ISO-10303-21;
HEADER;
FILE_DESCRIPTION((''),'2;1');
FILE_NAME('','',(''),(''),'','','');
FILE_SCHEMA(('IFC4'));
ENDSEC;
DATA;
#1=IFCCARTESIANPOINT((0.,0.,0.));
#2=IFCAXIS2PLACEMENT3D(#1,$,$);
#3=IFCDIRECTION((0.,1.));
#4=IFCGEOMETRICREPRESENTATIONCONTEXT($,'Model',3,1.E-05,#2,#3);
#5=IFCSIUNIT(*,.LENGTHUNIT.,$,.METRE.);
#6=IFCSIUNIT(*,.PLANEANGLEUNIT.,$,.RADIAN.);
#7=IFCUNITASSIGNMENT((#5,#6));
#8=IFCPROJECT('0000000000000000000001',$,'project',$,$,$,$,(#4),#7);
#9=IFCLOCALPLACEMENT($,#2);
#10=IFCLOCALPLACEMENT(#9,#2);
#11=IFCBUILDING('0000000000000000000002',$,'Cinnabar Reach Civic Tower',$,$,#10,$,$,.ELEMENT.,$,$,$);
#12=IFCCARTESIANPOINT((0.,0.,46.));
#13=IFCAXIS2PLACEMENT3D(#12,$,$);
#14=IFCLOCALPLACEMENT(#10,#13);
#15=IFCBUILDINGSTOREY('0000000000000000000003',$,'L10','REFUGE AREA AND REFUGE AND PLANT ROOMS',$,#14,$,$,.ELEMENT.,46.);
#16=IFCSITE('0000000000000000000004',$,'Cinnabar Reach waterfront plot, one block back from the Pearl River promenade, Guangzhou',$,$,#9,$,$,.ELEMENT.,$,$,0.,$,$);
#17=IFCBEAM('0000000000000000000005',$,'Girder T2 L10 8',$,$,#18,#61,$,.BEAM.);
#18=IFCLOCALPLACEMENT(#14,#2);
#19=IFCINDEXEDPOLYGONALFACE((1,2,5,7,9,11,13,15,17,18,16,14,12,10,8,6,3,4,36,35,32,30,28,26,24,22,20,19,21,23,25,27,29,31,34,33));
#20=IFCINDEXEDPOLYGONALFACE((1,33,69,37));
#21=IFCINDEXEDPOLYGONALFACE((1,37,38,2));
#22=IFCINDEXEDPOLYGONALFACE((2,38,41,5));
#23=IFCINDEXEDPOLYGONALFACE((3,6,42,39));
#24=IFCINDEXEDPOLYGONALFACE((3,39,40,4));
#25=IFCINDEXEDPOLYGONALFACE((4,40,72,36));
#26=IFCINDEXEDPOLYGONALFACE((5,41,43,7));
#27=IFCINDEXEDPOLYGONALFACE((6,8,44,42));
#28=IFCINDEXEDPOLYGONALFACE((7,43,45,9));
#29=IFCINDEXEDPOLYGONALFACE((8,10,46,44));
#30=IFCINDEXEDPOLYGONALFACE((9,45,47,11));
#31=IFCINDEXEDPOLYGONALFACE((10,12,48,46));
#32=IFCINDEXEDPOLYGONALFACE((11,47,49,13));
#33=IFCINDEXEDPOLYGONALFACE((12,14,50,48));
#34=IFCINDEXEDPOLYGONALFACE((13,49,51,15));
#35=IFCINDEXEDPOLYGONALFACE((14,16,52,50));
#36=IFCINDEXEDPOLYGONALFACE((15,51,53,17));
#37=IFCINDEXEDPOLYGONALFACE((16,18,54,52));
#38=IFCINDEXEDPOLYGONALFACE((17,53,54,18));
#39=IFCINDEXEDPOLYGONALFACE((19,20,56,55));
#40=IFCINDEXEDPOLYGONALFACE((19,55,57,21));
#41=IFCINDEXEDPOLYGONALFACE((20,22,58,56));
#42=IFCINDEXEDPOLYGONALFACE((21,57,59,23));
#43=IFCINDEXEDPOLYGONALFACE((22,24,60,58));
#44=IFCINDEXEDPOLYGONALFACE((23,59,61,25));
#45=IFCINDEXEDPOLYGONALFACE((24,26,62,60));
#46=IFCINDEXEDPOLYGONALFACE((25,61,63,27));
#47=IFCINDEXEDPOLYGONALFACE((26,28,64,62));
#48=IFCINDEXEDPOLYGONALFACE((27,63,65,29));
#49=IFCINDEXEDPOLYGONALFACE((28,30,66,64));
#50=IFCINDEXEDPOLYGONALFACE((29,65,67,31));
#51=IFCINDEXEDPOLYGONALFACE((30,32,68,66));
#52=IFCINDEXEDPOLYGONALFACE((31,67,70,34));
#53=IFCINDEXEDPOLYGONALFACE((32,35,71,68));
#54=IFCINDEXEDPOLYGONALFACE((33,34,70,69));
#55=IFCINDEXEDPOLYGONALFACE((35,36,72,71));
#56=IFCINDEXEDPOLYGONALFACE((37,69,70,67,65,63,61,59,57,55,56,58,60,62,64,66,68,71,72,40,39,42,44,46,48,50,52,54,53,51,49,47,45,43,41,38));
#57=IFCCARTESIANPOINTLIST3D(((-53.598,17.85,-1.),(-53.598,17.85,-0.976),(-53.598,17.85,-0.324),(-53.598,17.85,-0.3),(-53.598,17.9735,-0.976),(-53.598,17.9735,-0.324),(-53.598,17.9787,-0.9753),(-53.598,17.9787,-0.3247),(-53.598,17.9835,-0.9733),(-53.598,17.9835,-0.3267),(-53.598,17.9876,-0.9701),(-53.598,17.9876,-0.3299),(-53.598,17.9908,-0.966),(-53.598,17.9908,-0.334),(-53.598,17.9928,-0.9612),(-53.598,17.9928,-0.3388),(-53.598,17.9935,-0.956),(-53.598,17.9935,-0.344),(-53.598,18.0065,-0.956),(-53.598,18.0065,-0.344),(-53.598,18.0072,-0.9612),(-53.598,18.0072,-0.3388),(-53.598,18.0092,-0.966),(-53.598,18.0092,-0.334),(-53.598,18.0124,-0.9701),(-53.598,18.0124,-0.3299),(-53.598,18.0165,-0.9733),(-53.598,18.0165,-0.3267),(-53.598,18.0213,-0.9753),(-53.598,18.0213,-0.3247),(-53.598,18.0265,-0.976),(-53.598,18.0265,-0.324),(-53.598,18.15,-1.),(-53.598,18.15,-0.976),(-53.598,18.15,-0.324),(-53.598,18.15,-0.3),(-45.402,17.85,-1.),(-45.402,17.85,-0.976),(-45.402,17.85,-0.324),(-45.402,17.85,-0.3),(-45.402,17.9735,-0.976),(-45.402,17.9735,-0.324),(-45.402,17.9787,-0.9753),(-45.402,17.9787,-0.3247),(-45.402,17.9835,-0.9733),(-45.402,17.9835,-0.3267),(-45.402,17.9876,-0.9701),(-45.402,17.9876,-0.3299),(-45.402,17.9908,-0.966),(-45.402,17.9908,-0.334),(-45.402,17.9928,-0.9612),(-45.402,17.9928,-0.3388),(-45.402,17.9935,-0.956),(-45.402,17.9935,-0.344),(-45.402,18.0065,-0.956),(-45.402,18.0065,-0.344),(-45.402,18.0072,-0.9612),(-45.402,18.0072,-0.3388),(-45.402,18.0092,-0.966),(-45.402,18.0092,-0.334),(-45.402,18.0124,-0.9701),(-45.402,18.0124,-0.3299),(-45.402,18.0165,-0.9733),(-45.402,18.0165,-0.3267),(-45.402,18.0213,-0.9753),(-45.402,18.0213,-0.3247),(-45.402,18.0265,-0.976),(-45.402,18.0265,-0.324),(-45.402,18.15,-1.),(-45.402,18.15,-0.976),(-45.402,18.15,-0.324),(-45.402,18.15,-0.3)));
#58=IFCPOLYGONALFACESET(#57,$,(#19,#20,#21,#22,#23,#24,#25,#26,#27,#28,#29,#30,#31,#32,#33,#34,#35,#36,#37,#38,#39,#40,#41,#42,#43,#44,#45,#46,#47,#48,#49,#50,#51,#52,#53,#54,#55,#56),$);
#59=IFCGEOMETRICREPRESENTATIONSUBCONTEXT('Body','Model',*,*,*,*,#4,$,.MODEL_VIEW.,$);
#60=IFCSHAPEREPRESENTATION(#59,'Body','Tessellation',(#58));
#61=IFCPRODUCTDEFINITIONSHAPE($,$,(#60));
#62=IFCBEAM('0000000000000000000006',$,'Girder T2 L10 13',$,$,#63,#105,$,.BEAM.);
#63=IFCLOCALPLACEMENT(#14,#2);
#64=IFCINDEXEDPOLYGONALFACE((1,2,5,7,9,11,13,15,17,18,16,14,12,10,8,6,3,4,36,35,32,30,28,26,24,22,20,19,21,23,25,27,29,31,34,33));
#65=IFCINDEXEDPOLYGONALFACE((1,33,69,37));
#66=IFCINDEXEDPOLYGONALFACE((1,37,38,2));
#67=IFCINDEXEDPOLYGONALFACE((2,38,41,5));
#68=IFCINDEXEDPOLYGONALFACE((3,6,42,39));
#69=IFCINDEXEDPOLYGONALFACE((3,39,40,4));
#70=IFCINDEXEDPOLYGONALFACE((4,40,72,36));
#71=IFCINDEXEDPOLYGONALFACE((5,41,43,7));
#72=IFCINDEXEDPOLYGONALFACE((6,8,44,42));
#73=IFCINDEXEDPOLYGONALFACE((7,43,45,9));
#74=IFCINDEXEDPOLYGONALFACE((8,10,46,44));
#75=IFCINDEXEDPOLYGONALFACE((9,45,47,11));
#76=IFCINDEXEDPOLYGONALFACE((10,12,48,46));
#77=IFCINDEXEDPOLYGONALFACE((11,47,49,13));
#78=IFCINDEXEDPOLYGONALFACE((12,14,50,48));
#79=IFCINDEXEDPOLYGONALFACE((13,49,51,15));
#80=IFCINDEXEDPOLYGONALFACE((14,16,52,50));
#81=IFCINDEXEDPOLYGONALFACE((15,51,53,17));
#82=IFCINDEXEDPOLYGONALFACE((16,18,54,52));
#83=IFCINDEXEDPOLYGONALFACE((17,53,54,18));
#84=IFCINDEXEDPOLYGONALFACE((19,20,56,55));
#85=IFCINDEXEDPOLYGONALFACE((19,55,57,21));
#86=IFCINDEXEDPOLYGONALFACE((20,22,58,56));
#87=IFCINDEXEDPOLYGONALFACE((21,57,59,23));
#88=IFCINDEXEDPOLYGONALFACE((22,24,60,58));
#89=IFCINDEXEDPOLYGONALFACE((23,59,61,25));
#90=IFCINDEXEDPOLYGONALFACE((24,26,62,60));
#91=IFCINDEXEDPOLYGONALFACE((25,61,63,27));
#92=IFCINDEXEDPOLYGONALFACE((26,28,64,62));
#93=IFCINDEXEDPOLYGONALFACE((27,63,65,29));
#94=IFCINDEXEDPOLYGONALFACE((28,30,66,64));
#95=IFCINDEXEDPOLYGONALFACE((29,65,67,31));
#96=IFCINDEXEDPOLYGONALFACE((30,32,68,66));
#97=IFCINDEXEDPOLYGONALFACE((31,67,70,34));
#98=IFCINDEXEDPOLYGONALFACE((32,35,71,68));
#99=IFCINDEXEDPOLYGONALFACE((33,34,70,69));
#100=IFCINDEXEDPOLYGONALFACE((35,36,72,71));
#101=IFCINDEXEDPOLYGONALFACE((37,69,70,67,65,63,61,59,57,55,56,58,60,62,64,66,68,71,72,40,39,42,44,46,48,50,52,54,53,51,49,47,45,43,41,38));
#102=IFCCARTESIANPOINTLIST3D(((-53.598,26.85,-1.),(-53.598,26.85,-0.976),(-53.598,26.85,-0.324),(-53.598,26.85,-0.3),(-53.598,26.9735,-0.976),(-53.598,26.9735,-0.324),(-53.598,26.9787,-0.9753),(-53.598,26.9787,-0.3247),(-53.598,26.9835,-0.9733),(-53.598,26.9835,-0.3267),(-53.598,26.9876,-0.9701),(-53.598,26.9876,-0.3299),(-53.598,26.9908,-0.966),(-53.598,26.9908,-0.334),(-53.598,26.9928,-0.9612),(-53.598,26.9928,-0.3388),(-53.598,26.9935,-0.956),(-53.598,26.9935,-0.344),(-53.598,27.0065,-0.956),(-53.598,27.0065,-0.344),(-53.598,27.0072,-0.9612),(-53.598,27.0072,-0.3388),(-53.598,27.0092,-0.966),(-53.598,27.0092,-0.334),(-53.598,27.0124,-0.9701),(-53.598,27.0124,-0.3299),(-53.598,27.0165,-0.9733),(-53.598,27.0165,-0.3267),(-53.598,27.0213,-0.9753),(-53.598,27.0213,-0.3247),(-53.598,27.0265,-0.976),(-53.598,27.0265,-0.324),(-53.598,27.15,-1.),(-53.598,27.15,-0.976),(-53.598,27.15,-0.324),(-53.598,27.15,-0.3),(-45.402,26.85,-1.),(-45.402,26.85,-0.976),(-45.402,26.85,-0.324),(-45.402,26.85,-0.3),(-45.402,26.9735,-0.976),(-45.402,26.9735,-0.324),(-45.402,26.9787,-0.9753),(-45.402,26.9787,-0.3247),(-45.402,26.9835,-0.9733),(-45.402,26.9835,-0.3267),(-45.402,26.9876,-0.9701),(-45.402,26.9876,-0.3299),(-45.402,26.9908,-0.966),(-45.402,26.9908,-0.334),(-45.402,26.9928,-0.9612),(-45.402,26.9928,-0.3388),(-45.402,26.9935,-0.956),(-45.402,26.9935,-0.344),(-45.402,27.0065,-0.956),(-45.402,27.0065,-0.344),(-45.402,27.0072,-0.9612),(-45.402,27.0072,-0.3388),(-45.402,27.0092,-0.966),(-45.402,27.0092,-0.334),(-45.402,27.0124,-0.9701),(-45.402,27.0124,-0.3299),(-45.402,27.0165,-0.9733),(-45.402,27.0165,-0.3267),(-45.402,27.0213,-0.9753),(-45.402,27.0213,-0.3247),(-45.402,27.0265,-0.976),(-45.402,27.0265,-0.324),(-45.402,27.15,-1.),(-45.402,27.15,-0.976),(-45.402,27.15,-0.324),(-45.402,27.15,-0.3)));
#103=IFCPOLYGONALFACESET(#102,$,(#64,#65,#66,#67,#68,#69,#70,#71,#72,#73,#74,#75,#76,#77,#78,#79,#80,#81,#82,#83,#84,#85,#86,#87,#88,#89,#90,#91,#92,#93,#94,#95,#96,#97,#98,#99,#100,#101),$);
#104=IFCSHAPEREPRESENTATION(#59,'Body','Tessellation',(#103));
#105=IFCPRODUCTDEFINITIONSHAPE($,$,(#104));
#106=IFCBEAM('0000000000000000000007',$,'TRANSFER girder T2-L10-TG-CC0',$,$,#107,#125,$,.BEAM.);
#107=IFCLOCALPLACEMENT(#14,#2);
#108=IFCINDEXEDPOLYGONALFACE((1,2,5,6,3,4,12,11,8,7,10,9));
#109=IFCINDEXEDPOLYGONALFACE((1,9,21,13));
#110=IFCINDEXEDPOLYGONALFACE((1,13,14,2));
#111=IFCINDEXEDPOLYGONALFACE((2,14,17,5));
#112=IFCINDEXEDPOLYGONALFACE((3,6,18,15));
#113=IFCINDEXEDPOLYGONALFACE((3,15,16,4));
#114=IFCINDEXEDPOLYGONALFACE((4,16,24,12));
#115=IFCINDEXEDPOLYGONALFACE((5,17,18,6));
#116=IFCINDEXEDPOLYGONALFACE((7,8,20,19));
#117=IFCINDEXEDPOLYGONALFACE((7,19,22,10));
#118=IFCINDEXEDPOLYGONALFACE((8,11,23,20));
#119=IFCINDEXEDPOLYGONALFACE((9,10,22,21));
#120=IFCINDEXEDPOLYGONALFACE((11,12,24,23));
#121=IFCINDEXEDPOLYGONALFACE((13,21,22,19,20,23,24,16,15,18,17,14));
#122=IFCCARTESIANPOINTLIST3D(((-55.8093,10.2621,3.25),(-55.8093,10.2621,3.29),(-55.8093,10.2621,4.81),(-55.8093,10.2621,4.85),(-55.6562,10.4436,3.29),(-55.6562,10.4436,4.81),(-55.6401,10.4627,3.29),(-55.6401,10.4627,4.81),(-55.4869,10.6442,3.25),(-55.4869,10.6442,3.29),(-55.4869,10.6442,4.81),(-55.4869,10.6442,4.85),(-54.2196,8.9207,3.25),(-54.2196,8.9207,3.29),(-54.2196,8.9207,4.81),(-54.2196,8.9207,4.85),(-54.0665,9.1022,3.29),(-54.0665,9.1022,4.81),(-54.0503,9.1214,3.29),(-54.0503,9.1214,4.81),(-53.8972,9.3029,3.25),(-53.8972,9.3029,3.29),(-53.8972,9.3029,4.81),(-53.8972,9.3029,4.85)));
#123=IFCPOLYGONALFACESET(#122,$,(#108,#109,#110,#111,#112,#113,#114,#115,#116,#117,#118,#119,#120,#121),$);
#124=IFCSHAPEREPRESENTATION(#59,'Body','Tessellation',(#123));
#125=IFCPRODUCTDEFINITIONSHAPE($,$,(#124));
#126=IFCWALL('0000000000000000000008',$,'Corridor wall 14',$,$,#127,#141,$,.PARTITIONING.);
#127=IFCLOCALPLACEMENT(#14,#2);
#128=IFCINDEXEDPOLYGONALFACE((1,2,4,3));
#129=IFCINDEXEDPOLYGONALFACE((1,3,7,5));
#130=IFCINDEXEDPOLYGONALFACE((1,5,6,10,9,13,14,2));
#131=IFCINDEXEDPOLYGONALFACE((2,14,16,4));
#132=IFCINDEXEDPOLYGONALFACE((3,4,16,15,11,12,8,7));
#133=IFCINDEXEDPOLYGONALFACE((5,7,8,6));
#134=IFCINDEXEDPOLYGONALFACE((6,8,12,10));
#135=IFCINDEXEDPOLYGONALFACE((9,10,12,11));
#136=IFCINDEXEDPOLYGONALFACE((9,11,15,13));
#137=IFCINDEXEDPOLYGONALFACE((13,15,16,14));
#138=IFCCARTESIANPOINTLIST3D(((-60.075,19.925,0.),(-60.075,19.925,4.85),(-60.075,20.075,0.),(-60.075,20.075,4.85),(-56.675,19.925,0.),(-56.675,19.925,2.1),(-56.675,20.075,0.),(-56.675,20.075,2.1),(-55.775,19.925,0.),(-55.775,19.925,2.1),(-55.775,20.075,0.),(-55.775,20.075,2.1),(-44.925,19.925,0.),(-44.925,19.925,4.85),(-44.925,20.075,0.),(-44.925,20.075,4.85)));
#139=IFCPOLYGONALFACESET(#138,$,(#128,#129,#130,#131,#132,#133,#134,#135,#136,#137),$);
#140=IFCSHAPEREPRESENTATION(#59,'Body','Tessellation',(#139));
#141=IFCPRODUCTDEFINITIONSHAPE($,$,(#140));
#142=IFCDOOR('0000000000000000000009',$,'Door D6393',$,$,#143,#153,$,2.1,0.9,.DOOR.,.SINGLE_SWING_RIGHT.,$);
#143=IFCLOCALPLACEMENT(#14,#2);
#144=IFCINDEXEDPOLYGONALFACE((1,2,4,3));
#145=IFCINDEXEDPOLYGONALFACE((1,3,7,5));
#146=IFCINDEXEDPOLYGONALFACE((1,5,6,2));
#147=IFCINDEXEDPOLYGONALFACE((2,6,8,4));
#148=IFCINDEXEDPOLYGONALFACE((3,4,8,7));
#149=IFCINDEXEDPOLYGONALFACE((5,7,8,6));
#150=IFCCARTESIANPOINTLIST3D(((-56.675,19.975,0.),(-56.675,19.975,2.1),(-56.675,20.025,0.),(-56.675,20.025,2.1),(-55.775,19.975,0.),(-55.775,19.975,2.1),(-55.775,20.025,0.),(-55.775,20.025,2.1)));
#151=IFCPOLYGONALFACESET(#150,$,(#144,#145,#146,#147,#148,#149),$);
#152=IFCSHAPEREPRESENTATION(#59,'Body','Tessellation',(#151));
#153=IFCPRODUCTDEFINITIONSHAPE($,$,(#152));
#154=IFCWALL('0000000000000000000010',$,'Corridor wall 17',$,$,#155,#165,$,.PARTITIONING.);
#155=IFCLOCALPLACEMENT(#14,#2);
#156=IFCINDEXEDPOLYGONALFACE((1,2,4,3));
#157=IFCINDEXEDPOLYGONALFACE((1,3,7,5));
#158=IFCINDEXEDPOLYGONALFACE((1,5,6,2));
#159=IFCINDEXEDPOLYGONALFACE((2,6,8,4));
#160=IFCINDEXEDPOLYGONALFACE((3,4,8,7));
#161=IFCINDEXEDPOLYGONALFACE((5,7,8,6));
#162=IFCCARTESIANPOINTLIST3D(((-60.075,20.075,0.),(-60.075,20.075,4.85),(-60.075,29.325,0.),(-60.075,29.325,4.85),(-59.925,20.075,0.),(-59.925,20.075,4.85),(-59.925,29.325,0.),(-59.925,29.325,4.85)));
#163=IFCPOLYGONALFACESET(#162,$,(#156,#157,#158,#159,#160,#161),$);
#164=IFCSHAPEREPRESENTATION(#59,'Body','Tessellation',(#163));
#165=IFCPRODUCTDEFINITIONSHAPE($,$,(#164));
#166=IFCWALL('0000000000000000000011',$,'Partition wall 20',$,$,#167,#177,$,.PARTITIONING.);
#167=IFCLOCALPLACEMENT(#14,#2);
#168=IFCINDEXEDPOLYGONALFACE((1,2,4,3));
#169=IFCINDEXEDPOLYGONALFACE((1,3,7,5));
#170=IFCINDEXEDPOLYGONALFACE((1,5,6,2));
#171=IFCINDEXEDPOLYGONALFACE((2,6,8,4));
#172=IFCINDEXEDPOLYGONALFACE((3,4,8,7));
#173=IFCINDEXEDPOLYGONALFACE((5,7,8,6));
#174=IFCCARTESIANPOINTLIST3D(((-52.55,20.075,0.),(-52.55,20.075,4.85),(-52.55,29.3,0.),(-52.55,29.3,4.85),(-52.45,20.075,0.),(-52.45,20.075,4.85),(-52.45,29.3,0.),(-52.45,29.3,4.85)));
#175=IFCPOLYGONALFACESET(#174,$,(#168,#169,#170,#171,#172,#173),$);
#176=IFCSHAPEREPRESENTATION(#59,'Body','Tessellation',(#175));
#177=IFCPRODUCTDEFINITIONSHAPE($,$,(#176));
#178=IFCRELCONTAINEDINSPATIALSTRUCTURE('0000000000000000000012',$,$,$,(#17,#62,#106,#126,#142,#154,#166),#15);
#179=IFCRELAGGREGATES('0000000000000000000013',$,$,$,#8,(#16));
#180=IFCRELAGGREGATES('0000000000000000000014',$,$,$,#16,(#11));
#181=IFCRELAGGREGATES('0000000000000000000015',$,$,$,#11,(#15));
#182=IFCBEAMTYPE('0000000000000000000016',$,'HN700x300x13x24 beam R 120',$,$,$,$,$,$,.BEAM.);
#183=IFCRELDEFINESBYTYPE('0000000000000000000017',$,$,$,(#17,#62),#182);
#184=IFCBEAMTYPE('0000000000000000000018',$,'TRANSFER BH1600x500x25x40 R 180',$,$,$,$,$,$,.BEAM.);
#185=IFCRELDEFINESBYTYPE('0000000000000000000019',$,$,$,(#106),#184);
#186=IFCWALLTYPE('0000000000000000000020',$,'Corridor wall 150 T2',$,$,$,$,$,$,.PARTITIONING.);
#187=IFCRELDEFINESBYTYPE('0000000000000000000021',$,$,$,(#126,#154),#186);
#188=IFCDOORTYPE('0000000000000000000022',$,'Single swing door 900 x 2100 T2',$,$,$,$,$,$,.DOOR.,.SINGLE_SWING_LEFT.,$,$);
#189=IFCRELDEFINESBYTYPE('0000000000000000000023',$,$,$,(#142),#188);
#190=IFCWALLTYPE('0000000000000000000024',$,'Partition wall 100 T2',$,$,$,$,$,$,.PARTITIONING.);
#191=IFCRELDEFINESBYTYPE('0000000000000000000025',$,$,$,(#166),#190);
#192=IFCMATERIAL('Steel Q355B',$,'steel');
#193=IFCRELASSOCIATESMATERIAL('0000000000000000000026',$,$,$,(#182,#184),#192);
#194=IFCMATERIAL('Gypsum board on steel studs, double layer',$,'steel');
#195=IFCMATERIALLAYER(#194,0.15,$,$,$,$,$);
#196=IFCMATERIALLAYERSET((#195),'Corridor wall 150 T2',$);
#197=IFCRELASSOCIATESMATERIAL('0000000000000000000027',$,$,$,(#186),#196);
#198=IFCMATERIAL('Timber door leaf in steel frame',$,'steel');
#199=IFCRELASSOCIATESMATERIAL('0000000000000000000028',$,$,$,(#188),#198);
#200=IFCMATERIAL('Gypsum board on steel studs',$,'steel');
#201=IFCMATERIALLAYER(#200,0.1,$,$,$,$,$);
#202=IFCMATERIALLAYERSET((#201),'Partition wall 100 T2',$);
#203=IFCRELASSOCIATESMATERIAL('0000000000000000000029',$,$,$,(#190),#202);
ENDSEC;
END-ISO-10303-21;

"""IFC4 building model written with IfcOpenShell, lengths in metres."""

from ifc_helpers import new_model, si_unit, direction, frame, frame_2d, origin, origin_2d, place, context, subcontext, project, spatial, rectangle, i_section, extrude, material, layer, layer_set, material_profile, profile_set, type_object, element, fill, save


model = new_model("IFC4")

# Units and contexts
model_context = context("Model", 3, precision=1e-05, world=origin(), true_north=direction((0.0, 1.0)))
body_context = subcontext(model_context, "Body", "Model", "MODEL_VIEW")
ifc_project = project(units=[si_unit("LENGTHUNIT", "METRE"), si_unit("PLANEANGLEUNIT", "RADIAN")], contexts=[model_context])

# Site, building, storey
site_placement = place(None, origin())
site = spatial("IfcSite", under=ifc_project, at=site_placement, Name="Cinnabar Reach waterfront plot, one block back from the Pearl River promenade, Guangzhou", CompositionType="ELEMENT", RefElevation=0.0)
building_placement = place(site_placement, origin())
building = spatial("IfcBuilding", under=site, at=building_placement, Name="Cinnabar Reach Civic Tower", CompositionType="ELEMENT")
storey_placement = place(building_placement, frame((0.0, 0.0, 46.0)))
storey = spatial("IfcBuildingStorey", under=building, at=storey_placement, Name="L10", Description="REFUGE AREA AND REFUGE AND PLANT ROOMS", CompositionType="ELEMENT", Elevation=46.0)

# Beams
ifc_material_1 = material(Name="Steel Q355B", Category="steel")
ifc_material_profile_1 = material_profile(ifc_material_1, i_section(OverallWidth=0.3, OverallDepth=0.7, WebThickness=0.013, FlangeThickness=0.024, FilletRadius=0.02, at=origin_2d()), Name="HN700x300x13x24")
ifc_profile_set_1 = profile_set([ifc_material_profile_1], Name="Steel Q355B")
beam_type_1 = type_object("IfcBeamType", Name="HN700x300x13x24 beam R 120", PredefinedType="BEAM", material=ifc_profile_set_1)
for number, where, z_axis, x_axis, name in (
    (1, (-53.598, 18.0, -0.65), (1.0, 0.0, 0.0), (0.0, 1.0, 0.0), "Girder T2 L10 8"),
    (2, (-53.598, 27.0, -0.65), (1.0, 0.0, 0.0), (0.0, 1.0, 0.0), "Girder T2 L10 13"),
):
    element("IfcBeam", number, at=place(storey_placement, frame(where, z_axis=z_axis, x_axis=x_axis)), inside=storey, type_object=beam_type_1, Name=name, PredefinedType="BEAM", context=body_context, shape_type="SweptSolid", body=[
        extrude(i_section(OverallWidth=0.3, OverallDepth=0.7, WebThickness=0.013, FlangeThickness=0.024, FilletRadius=0.02, at=origin_2d()), origin(), (0.0, 0.0, 1.0), 8.196),
    ])
ifc_material_profile_2 = material_profile(ifc_material_1, i_section(OverallWidth=0.5, OverallDepth=1.6, WebThickness=0.025, FlangeThickness=0.04, at=origin_2d()), Name="BH1600x500x25x40")
ifc_profile_set_2 = profile_set([ifc_material_profile_2], Name="Steel Q355B")
beam_type_2 = type_object("IfcBeamType", Name="TRANSFER BH1600x500x25x40 R 180", PredefinedType="BEAM", material=ifc_profile_set_2)
beam_1_placement = place(storey_placement, frame((-54.0584, 9.1118, 4.05), z_axis=(-0.764294, 0.644868, 0.0), x_axis=(-0.644868, -0.764294, 0.0)))
element("IfcBeam", 3, at=beam_1_placement, inside=storey, type_object=beam_type_2, Name="TRANSFER girder T2-L10-TG-CC0", PredefinedType="BEAM", context=body_context, shape_type="SweptSolid", body=[
    extrude(i_section(OverallWidth=0.5, OverallDepth=1.6, WebThickness=0.025, FlangeThickness=0.04, at=origin_2d()), origin(), (0.0, 0.0, 1.0), 2.08),
])

# Wall, opening, door
ifc_material_2 = material(Name="Gypsum board on steel studs, double layer", Category="steel")
ifc_layer_1 = layer(ifc_material_2, 0.15)
ifc_layer_set_1 = layer_set([ifc_layer_1], Name="Corridor wall 150 T2")
wall_type_1 = type_object("IfcWallType", Name="Corridor wall 150 T2", PredefinedType="PARTITIONING", material=ifc_layer_set_1)
wall_1_placement = place(storey_placement, frame((-60.075, 20.0, 0.0), z_axis=(0.0, 0.0, 1.0), x_axis=(1.0, 0.0, 0.0)))
wall_1 = element("IfcWall", 4, at=wall_1_placement, inside=storey, type_object=wall_type_1, Name="Corridor wall 14", PredefinedType="PARTITIONING", context=body_context, shape_type="SweptSolid", body=[
    extrude(rectangle(XDim=15.15, YDim=0.15, at=frame_2d((7.575, 0.0))), origin(), (0.0, 0.0, 1.0), 4.85),
])
opening_1_placement = place(wall_1_placement, frame((3.4, 0.0, 0.0)))
opening_1 = element("IfcOpeningElement", 5, at=opening_1_placement, cuts=wall_1, PredefinedType="OPENING", context=body_context, shape_type="SweptSolid", body=[
    extrude(rectangle(XDim=0.9, YDim=2.1, at=frame_2d((0.45, 1.05))), frame((0.0, 0.085, 0.0), z_axis=(0.0, -1.0, 0.0), x_axis=(1.0, 0.0, 0.0)), (0.0, 0.0, 1.0), 0.17),
])
ifc_material_3 = material(Name="Timber door leaf in steel frame", Category="steel")
door_type_1 = type_object("IfcDoorType", Name="Single swing door 900 x 2100 T2", OperationType="SINGLE_SWING_LEFT", PredefinedType="DOOR", material=ifc_material_3)
door_1_placement = place(opening_1_placement, frame((0.9, 0.0, 0.0), z_axis=(0.0, 0.0, 1.0), x_axis=(-1.0, 0.0, 0.0)))
door_1 = element("IfcDoor", 6, at=door_1_placement, inside=storey, type_object=door_type_1, Name="Door D6393", OperationType="SINGLE_SWING_RIGHT", OverallHeight=2.1, OverallWidth=0.9, PredefinedType="DOOR", context=body_context, shape_type="SweptSolid", body=[
    extrude(rectangle(XDim=0.9, YDim=2.1, at=frame_2d((0.45, 1.05))), frame((0.0, 0.025, 0.0), z_axis=(0.0, -1.0, 0.0), x_axis=(1.0, 0.0, 0.0)), (0.0, 0.0, 1.0), 0.05),
])
fill(opening_1, door_1)

# Walls
wall_2_placement = place(storey_placement, frame((-60.0, 20.075, 0.0), z_axis=(0.0, 0.0, 1.0), x_axis=(0.0, 1.0, 0.0)))
element("IfcWall", 7, at=wall_2_placement, inside=storey, type_object=wall_type_1, Name="Corridor wall 17", PredefinedType="PARTITIONING", context=body_context, shape_type="SweptSolid", body=[
    extrude(rectangle(XDim=9.25, YDim=0.15, at=frame_2d((4.625, 0.0))), origin(), (0.0, 0.0, 1.0), 4.85),
])
ifc_material_4 = material(Name="Gypsum board on steel studs", Category="steel")
ifc_layer_2 = layer(ifc_material_4, 0.1)
ifc_layer_set_2 = layer_set([ifc_layer_2], Name="Partition wall 100 T2")
wall_type_2 = type_object("IfcWallType", Name="Partition wall 100 T2", PredefinedType="PARTITIONING", material=ifc_layer_set_2)
wall_3_placement = place(storey_placement, frame((-52.5, 20.075, 0.0), z_axis=(0.0, 0.0, 1.0), x_axis=(0.0, 1.0, 0.0)))
element("IfcWall", 8, at=wall_3_placement, inside=storey, type_object=wall_type_2, Name="Partition wall 20", PredefinedType="PARTITIONING", context=body_context, shape_type="SweptSolid", body=[
    extrude(rectangle(XDim=9.225, YDim=0.1, at=frame_2d((4.6125, 0.0))), origin(), (0.0, 0.0, 1.0), 4.85),
])

save(model, "model.ifc")
